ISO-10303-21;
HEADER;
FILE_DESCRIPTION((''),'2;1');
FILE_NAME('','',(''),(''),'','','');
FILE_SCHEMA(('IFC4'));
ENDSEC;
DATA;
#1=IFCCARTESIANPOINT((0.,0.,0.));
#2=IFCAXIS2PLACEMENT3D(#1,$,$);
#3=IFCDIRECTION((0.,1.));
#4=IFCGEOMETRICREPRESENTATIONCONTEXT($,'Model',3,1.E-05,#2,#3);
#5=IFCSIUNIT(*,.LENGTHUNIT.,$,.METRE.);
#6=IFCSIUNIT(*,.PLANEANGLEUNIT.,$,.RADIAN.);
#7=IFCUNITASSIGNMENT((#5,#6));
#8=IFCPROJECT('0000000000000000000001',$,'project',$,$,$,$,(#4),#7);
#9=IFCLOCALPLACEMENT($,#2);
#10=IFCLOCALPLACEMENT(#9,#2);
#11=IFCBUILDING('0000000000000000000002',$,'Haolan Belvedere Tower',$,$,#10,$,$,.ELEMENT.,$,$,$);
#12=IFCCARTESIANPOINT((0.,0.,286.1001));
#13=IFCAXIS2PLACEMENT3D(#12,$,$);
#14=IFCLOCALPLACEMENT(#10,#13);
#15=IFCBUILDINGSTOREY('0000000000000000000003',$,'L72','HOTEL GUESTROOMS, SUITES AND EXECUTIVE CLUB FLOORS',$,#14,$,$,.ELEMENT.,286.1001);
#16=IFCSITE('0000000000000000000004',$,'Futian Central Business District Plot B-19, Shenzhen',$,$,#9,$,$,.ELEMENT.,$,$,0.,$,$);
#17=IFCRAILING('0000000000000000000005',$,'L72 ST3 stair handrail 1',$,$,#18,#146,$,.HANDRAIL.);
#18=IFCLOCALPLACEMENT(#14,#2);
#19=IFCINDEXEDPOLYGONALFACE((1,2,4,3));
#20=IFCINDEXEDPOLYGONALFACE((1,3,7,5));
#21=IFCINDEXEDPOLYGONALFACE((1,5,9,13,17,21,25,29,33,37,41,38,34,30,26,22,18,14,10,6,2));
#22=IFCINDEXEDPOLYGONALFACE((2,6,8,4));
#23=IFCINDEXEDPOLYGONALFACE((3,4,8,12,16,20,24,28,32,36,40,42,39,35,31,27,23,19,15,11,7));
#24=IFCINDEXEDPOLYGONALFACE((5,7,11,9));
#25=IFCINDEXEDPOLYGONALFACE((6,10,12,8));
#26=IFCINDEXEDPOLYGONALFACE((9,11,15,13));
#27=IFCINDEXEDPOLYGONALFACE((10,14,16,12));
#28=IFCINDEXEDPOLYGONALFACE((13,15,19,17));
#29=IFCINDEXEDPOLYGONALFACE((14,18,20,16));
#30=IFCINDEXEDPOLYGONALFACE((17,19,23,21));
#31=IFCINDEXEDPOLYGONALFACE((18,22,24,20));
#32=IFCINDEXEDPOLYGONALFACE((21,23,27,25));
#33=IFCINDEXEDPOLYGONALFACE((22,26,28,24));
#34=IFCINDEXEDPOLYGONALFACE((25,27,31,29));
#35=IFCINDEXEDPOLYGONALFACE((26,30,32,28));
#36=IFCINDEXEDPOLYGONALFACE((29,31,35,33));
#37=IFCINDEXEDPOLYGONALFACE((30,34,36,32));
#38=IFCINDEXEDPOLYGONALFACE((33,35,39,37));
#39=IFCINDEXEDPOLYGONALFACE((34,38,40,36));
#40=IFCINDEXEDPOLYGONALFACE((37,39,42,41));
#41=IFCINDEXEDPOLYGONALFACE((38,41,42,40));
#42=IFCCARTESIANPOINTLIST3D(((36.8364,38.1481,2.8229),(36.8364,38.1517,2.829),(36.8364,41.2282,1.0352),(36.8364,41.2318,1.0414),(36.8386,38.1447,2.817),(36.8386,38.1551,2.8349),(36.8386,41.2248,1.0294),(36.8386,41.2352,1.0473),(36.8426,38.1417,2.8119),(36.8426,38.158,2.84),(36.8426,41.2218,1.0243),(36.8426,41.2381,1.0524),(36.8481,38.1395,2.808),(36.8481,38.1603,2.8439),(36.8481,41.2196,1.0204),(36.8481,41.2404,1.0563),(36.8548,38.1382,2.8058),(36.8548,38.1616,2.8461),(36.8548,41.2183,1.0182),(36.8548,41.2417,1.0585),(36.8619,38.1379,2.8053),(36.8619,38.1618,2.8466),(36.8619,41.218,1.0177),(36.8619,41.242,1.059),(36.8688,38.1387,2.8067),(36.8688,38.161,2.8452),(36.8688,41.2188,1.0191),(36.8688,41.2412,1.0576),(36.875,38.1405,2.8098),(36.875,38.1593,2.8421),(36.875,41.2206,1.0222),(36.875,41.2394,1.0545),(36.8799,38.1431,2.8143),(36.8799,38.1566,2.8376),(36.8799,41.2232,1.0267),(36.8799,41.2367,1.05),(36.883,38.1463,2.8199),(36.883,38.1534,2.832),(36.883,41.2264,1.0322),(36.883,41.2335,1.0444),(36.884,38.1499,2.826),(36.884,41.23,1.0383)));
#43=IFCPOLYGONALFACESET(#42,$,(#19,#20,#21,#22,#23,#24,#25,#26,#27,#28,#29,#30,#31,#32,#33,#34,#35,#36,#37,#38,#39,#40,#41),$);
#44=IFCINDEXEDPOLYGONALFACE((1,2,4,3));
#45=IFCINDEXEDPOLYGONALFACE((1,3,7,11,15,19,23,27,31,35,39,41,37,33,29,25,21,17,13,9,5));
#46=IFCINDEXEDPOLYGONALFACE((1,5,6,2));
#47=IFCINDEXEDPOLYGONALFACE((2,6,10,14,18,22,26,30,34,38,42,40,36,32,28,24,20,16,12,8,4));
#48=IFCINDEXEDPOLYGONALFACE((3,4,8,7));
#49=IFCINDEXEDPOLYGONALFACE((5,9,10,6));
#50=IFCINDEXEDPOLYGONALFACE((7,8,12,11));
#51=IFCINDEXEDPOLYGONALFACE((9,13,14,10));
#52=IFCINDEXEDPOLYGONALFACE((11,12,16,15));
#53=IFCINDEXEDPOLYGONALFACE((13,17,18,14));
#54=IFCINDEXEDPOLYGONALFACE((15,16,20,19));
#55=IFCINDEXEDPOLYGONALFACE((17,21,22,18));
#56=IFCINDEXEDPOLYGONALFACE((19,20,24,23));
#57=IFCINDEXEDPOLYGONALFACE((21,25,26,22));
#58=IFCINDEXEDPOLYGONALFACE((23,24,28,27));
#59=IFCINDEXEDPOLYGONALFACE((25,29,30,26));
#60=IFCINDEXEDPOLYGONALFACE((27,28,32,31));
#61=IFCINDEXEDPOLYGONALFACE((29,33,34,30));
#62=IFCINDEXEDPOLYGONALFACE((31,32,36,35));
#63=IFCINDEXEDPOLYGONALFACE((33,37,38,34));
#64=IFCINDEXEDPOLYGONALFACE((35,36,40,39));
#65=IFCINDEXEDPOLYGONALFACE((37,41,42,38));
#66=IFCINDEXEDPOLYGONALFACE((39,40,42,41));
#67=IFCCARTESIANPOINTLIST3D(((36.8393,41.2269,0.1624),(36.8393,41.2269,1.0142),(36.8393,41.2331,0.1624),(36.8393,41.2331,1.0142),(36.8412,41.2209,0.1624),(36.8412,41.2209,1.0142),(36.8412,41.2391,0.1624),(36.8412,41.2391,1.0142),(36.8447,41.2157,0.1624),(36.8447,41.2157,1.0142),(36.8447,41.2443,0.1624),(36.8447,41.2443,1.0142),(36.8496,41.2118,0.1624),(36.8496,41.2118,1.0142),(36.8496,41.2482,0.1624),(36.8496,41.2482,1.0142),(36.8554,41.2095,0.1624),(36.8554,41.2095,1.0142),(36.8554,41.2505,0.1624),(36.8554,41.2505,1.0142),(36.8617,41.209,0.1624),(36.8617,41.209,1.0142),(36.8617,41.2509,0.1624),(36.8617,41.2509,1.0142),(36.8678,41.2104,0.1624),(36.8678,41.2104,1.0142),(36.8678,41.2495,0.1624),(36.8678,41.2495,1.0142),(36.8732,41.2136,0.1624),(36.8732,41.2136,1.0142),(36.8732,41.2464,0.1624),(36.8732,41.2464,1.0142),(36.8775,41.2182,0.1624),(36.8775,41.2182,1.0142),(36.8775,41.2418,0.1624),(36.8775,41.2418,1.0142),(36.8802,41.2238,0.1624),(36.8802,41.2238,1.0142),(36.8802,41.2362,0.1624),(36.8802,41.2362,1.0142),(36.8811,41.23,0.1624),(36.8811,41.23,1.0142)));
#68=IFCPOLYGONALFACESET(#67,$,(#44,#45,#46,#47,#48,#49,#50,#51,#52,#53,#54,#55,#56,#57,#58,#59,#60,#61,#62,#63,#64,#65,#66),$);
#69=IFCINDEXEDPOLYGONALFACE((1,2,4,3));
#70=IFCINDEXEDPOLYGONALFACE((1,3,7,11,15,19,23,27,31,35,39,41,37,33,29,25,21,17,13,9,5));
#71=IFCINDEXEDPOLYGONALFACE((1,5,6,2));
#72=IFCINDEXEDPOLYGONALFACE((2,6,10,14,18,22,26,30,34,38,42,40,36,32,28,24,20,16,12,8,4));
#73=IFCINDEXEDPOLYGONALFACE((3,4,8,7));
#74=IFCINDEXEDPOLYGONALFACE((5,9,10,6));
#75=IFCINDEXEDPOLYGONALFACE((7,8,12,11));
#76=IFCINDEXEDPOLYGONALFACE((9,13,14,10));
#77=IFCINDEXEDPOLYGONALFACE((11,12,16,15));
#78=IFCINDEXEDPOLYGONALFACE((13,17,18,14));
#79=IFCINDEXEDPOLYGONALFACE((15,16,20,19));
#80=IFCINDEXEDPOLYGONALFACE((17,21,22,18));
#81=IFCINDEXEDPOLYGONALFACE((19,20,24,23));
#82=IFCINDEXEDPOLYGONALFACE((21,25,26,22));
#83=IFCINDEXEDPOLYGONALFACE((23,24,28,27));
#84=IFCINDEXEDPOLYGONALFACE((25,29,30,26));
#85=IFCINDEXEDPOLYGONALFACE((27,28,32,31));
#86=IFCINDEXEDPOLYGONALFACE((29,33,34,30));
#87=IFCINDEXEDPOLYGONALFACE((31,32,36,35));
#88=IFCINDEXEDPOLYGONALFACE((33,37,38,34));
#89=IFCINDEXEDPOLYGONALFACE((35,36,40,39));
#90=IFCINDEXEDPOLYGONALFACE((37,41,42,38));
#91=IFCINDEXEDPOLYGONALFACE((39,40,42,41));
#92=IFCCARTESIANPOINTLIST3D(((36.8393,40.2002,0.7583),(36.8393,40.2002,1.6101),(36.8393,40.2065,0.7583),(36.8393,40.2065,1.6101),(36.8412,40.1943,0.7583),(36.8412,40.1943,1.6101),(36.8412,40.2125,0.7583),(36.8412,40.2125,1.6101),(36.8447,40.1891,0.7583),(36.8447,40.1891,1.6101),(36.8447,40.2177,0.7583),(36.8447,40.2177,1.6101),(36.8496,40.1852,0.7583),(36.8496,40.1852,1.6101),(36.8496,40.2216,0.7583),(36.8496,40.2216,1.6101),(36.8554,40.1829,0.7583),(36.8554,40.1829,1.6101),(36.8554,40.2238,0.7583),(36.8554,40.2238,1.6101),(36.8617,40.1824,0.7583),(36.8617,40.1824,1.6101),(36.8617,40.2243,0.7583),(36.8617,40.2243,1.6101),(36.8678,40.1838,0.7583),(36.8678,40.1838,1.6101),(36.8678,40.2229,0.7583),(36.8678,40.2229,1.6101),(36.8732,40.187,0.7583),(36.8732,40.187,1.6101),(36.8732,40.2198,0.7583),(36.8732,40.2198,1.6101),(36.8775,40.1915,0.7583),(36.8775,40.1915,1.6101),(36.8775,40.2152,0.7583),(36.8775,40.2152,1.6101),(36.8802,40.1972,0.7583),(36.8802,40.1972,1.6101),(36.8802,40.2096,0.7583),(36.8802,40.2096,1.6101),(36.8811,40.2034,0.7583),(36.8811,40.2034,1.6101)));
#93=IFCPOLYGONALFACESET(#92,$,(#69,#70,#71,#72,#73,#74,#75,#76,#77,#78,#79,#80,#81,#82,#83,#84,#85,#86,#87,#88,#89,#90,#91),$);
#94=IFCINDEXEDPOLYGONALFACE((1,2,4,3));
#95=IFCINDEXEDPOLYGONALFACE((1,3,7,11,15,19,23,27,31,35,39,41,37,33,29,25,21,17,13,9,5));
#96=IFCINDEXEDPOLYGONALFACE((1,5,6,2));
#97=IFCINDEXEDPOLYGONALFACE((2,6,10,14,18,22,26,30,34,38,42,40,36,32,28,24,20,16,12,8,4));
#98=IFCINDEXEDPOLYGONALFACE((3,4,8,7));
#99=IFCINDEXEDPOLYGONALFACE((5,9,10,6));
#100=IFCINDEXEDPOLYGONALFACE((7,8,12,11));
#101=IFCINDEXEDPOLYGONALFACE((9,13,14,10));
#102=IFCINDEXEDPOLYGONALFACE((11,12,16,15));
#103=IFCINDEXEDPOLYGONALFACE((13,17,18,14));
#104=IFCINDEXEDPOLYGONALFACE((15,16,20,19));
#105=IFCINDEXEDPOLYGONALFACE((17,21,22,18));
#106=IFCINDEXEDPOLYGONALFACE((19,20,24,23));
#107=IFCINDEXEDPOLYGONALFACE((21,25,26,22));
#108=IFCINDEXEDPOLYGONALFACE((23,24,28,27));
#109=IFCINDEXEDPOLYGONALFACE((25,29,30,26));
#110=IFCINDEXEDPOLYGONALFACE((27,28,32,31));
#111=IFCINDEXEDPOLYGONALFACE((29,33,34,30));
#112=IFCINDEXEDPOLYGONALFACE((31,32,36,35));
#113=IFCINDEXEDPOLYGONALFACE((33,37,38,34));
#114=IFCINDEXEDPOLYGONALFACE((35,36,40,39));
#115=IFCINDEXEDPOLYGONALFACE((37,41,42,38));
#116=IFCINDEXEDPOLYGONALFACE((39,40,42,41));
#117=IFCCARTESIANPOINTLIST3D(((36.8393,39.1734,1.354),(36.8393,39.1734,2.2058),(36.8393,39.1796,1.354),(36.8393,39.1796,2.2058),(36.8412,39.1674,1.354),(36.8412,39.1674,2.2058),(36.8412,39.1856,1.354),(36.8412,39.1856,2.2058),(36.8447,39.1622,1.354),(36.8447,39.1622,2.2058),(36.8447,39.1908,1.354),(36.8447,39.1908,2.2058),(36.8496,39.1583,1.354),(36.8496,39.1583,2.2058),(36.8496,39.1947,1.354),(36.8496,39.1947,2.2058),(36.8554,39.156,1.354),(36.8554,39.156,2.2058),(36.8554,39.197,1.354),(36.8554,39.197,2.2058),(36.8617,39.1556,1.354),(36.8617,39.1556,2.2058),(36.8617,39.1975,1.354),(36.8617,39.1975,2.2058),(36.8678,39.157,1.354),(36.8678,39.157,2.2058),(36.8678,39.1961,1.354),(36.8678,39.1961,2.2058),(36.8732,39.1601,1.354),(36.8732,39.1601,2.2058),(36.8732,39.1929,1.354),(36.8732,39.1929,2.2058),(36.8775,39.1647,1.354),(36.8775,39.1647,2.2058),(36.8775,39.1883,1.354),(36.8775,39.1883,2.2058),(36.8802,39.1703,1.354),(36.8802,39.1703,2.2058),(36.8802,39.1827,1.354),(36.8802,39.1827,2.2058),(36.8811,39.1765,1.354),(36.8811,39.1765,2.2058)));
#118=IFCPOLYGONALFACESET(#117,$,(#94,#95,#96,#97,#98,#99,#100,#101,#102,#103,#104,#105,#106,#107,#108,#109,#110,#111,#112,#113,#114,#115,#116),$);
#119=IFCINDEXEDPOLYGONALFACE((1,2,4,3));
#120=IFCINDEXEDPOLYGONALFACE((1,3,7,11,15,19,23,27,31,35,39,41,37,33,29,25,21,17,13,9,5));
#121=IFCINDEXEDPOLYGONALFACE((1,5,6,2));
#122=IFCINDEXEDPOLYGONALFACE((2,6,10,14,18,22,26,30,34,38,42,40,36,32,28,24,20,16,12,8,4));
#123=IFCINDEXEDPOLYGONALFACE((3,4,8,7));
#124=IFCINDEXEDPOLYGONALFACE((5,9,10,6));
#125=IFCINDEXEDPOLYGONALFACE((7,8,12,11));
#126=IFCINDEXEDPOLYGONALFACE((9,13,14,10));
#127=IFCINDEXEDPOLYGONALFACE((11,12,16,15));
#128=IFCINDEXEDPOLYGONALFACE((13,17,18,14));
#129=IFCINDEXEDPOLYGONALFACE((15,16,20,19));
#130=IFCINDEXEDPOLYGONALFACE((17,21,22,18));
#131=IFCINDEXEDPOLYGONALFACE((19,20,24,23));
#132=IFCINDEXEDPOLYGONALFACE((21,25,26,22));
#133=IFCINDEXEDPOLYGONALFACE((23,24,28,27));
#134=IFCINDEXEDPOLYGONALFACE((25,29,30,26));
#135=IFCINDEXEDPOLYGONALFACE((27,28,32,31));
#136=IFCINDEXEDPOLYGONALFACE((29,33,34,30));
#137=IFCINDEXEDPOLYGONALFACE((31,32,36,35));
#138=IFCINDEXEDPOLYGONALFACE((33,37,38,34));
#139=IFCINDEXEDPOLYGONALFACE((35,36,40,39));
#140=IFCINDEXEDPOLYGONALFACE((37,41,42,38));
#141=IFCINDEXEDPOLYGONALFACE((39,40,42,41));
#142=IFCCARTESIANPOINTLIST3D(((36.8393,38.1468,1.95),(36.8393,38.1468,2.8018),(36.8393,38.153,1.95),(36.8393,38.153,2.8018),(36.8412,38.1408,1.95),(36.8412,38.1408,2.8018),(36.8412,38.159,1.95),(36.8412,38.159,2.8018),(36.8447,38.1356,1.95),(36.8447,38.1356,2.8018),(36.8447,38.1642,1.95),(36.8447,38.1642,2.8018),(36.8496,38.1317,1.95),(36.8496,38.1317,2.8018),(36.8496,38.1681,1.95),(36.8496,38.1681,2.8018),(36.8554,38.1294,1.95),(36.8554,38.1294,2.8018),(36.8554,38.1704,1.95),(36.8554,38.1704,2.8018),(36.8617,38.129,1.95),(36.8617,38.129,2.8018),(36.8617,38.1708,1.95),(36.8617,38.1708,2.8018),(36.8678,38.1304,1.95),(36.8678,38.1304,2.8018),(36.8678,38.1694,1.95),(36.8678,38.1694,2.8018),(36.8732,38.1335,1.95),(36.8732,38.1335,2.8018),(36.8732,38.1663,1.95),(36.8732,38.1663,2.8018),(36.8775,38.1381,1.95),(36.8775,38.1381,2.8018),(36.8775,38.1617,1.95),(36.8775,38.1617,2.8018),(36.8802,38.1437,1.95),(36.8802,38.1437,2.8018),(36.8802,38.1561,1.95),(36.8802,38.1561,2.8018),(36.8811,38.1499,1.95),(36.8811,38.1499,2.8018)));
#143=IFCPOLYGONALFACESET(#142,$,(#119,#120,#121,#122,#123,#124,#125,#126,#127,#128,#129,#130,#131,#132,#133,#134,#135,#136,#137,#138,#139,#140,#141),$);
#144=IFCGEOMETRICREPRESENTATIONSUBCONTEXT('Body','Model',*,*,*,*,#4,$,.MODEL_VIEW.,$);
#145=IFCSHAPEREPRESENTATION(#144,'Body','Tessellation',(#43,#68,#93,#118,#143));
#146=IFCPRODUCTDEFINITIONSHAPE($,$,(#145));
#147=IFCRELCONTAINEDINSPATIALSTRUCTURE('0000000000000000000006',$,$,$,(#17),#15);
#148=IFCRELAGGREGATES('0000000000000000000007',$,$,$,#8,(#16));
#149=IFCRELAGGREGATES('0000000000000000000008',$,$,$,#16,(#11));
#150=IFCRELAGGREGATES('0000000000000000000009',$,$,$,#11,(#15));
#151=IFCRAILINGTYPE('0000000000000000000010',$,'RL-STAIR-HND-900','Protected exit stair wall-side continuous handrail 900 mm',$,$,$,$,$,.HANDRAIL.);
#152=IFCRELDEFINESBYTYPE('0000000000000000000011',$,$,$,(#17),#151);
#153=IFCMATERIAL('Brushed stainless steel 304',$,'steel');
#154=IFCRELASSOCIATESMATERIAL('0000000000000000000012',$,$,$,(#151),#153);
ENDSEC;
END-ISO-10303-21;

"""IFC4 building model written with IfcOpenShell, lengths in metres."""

from ifc_helpers import new_model, si_unit, direction, frame, origin, origin_2d, place, context, subcontext, project, spatial, circle, extrude, material, type_object, element, save


model = new_model("IFC4")

# Units and contexts
model_context = context("Model", 3, precision=1e-05, world=origin(), true_north=direction((0.0, 1.0)))
body_context = subcontext(model_context, "Body", "Model", "MODEL_VIEW")
ifc_project = project(units=[si_unit("LENGTHUNIT", "METRE"), si_unit("PLANEANGLEUNIT", "RADIAN")], contexts=[model_context])

# Site, building, storey
site_placement = place(None, origin())
site = spatial("IfcSite", under=ifc_project, at=site_placement, Name="Futian Central Business District Plot B-19, Shenzhen", CompositionType="ELEMENT", RefElevation=0.0)
building_placement = place(site_placement, origin())
building = spatial("IfcBuilding", under=site, at=building_placement, Name="Haolan Belvedere Tower", CompositionType="ELEMENT")
storey_placement = place(building_placement, frame((0.0, 0.0, 286.1001)))
storey = spatial("IfcBuildingStorey", under=building, at=storey_placement, Name="L72", Description="HOTEL GUESTROOMS, SUITES AND EXECUTIVE CLUB FLOORS", CompositionType="ELEMENT", Elevation=286.1001)

# Railing
ifc_material_1 = material(Name="Brushed stainless steel 304", Category="steel")
railing_type_1 = type_object("IfcRailingType", Name="RL-STAIR-HND-900", Description="Protected exit stair wall-side continuous handrail 900 mm", PredefinedType="HANDRAIL", material=ifc_material_1)
railing_1_placement = place(storey_placement, frame((36.8601, 41.23, 0.1624)))
element("IfcRailing", 1, at=railing_1_placement, inside=storey, type_object=railing_type_1, Name="L72 ST3 stair handrail 1", PredefinedType="HANDRAIL", context=body_context, shape_type="SweptSolid", body=[
    extrude(circle(Radius=0.0239, at=origin_2d()), frame((0.0, 0.0, 0.876), z_axis=(0.0, -0.864891, 0.50196), x_axis=(1.0, 0.0, 0.0)), (0.0, 0.0, 1.0), 3.5613),
    extrude(circle(Radius=0.021, at=origin_2d()), origin(), (0.0, 0.0, 1.0), 0.8518),
    extrude(circle(Radius=0.021, at=origin_2d()), frame((0.0, -1.0266, 0.5959)), (0.0, 0.0, 1.0), 0.8518),
    extrude(circle(Radius=0.021, at=origin_2d()), frame((0.0, -2.0535, 1.1917)), (0.0, 0.0, 1.0), 0.8518),
    extrude(circle(Radius=0.021, at=origin_2d()), frame((0.0, -3.0801, 1.7876)), (0.0, 0.0, 1.0), 0.8518),
])

save(model, "model.ifc")
